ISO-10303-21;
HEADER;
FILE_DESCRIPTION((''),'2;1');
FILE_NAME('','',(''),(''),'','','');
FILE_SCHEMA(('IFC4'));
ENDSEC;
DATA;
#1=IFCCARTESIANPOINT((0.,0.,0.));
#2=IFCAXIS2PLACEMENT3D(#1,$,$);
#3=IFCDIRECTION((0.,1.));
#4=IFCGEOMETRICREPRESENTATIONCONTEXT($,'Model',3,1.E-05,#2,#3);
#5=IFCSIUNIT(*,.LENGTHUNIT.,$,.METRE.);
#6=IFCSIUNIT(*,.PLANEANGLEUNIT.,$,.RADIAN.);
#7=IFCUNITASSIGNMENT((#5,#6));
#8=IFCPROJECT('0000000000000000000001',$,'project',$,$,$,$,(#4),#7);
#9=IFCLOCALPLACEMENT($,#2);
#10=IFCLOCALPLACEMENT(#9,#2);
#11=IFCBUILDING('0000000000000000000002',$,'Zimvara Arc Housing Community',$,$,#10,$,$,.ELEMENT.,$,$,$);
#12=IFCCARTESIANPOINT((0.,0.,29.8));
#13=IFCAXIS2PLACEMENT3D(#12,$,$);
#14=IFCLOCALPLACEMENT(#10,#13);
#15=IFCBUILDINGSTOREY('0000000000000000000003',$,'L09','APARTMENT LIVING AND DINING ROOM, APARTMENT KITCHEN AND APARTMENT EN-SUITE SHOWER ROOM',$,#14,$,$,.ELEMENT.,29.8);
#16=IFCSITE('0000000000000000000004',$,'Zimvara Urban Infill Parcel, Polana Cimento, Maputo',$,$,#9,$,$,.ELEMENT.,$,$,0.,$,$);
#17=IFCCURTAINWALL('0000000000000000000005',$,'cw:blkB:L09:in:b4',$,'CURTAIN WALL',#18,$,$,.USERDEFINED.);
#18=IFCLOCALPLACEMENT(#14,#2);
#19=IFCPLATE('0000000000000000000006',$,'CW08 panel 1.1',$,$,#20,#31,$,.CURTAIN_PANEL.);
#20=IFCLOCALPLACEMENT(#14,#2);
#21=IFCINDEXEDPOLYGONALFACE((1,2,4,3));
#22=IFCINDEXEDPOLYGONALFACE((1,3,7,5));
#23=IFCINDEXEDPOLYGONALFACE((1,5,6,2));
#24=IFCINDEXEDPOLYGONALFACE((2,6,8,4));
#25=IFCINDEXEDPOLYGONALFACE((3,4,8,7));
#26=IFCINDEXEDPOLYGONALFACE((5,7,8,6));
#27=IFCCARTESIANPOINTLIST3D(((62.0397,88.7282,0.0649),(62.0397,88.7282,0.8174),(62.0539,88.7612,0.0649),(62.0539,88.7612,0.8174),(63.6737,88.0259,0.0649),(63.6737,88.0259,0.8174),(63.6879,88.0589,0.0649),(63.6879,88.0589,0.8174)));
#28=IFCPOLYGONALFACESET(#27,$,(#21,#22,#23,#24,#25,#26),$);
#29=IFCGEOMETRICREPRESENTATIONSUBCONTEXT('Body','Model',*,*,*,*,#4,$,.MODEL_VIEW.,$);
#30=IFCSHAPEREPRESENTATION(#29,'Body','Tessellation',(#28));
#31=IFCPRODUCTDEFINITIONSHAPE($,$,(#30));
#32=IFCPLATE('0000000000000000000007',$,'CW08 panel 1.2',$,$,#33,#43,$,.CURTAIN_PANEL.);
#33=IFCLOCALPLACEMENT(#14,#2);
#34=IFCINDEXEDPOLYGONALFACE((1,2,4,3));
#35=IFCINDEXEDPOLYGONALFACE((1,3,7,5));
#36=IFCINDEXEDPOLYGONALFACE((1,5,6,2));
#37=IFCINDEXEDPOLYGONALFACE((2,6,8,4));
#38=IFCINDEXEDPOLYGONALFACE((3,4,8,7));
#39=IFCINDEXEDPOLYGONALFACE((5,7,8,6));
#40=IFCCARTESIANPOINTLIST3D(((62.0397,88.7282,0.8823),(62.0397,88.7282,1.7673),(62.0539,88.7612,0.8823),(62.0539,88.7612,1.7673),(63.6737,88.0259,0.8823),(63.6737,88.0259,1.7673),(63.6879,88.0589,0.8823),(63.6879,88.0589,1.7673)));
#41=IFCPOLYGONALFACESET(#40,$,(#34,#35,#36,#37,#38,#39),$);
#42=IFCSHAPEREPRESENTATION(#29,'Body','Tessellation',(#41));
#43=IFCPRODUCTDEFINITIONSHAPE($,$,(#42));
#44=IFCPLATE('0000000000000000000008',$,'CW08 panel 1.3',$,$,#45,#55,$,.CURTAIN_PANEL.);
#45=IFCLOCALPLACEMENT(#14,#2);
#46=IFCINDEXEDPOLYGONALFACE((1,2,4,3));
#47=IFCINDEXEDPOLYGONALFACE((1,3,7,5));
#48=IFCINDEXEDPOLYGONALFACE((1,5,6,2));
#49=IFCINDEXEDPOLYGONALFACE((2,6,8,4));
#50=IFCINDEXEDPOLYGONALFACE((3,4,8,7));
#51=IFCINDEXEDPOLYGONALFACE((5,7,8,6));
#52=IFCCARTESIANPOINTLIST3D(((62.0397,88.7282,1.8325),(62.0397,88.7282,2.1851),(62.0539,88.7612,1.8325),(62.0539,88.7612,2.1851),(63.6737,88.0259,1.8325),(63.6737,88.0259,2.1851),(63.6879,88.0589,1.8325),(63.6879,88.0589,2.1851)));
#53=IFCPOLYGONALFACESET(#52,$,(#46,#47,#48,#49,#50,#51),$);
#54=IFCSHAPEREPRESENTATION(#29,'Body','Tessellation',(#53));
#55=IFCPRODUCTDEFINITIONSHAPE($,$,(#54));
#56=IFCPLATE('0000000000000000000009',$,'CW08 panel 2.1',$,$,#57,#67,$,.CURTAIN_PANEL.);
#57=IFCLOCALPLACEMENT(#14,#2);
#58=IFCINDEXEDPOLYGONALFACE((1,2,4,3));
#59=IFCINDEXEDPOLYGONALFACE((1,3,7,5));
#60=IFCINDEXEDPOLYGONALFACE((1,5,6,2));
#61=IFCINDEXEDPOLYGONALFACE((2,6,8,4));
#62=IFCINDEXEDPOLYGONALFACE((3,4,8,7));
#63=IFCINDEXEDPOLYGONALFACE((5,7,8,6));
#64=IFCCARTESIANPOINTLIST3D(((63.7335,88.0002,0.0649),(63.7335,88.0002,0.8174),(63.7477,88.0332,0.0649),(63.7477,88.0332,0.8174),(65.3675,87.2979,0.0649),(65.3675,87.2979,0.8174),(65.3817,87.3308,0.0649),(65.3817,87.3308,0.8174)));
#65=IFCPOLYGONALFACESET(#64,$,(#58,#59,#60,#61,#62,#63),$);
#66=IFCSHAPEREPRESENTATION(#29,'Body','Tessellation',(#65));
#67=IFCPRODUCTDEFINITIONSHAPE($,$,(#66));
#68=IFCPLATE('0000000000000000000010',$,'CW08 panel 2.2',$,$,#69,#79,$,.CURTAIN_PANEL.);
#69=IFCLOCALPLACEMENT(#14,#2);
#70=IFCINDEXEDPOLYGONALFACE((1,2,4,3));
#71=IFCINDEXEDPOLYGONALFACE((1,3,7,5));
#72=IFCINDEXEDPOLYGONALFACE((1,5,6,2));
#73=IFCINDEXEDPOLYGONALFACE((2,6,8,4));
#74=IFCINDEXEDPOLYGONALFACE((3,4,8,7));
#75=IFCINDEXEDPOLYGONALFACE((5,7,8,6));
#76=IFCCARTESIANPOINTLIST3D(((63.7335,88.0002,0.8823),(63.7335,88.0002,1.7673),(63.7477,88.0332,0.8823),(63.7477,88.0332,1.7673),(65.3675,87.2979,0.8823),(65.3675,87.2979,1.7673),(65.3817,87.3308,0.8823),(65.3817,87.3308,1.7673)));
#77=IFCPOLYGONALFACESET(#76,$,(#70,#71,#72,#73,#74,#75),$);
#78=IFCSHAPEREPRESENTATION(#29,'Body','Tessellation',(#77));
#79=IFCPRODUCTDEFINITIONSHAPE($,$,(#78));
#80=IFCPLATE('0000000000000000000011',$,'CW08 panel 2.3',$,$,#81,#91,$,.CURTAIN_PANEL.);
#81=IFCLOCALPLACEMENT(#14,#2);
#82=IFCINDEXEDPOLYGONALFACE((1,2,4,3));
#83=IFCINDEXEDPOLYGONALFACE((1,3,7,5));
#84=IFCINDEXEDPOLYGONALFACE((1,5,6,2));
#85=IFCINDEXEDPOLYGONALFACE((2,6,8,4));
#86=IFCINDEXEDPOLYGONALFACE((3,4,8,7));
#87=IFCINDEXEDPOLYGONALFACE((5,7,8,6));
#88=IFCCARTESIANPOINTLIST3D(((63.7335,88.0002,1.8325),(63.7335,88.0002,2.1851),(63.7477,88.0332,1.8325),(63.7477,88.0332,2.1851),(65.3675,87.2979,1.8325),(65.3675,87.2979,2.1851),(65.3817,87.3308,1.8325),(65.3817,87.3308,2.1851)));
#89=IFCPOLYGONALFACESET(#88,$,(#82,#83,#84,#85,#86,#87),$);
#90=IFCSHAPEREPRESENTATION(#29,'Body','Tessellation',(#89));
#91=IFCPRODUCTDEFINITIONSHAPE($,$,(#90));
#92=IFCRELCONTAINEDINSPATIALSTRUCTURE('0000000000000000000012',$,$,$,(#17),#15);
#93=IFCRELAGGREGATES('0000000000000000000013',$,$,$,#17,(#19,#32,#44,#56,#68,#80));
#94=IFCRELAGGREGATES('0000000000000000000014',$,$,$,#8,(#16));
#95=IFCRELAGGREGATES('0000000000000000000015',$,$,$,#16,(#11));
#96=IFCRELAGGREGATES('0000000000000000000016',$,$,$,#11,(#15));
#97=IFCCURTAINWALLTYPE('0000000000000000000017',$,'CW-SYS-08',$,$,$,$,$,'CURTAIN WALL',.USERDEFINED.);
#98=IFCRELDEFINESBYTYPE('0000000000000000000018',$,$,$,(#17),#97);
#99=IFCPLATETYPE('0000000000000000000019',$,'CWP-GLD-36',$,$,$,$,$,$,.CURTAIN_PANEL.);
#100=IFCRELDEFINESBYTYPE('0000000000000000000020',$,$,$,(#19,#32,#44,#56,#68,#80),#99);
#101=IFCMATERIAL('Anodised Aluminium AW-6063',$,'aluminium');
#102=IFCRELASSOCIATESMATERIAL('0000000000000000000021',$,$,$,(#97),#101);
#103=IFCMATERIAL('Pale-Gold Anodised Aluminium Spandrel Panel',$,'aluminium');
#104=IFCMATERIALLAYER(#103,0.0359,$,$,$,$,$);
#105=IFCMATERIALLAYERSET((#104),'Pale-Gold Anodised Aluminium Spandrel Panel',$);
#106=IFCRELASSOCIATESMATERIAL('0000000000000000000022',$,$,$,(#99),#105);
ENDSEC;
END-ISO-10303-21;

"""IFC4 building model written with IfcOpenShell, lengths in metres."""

from ifc_helpers import new_model, si_unit, direction, frame, origin, origin_2d, place, context, subcontext, project, spatial, rectangle, extrude, material, layer, layer_set, type_object, element, aggregate, save


model = new_model("IFC4")

# Units and contexts
model_context = context("Model", 3, precision=1e-05, world=origin(), true_north=direction((0.0, 1.0)))
body_context = subcontext(model_context, "Body", "Model", "MODEL_VIEW")
ifc_project = project(units=[si_unit("LENGTHUNIT", "METRE"), si_unit("PLANEANGLEUNIT", "RADIAN")], contexts=[model_context])

# Site, building, storey
site_placement = place(None, origin())
site = spatial("IfcSite", under=ifc_project, at=site_placement, Name="Zimvara Urban Infill Parcel, Polana Cimento, Maputo", CompositionType="ELEMENT", RefElevation=0.0)
building_placement = place(site_placement, origin())
building = spatial("IfcBuilding", under=site, at=building_placement, Name="Zimvara Arc Housing Community", CompositionType="ELEMENT")
storey_placement = place(building_placement, frame((0.0, 0.0, 29.8)))
storey = spatial("IfcBuildingStorey", under=building, at=storey_placement, Name="L09", Description="APARTMENT LIVING AND DINING ROOM, APARTMENT KITCHEN AND APARTMENT EN-SUITE SHOWER ROOM", CompositionType="ELEMENT", Elevation=29.8)

# Curtain wall, plates
ifc_material_1 = material(Name="Anodised Aluminium AW-6063", Category="aluminium")
curtain_wall_type = type_object("IfcCurtainWallType", Name="CW-SYS-08", ElementType="CURTAIN WALL", PredefinedType="USERDEFINED", material=ifc_material_1)
curtain_wall_placement = place(storey_placement, origin())
curtain_wall = element("IfcCurtainWall", 1, at=curtain_wall_placement, inside=storey, type_object=curtain_wall_type, Name="cw:blkB:L09:in:b4", ObjectType="CURTAIN WALL", PredefinedType="USERDEFINED")
ifc_material_2 = material(Name="Pale-Gold Anodised Aluminium Spandrel Panel", Category="aluminium")
ifc_layer = layer(ifc_material_2, 0.0359)
ifc_layer_set = layer_set([ifc_layer], Name="Pale-Gold Anodised Aluminium Spandrel Panel")
plate_type = type_object("IfcPlateType", Name="CWP-GLD-36", PredefinedType="CURTAIN_PANEL", material=ifc_layer_set)
plate_1_placement = place(storey_placement, frame((62.8638, 88.3936, 0.0649), z_axis=(0.0, 0.0, 1.0), x_axis=(0.918722, -0.394904, 0.0)))
plate_1 = element("IfcPlate", 2, at=plate_1_placement, type_object=plate_type, Name="CW08 panel 1.1", PredefinedType="CURTAIN_PANEL", context=body_context, shape_type="SweptSolid", body=[
    extrude(rectangle(XDim=1.7786, YDim=0.0359, at=origin_2d()), origin(), (0.0, 0.0, 1.0), 0.7524),
])
plate_2_placement = place(storey_placement, frame((62.8638, 88.3936, 0.8823), z_axis=(0.0, 0.0, 1.0), x_axis=(0.918722, -0.394904, 0.0)))
plate_2 = element("IfcPlate", 3, at=plate_2_placement, type_object=plate_type, Name="CW08 panel 1.2", PredefinedType="CURTAIN_PANEL", context=body_context, shape_type="SweptSolid", body=[
    extrude(rectangle(XDim=1.7786, YDim=0.0359, at=origin_2d()), origin(), (0.0, 0.0, 1.0), 0.885),
])
plate_3_placement = place(storey_placement, frame((62.8638, 88.3936, 1.8325), z_axis=(0.0, 0.0, 1.0), x_axis=(0.918722, -0.394904, 0.0)))
plate_3 = element("IfcPlate", 4, at=plate_3_placement, type_object=plate_type, Name="CW08 panel 1.3", PredefinedType="CURTAIN_PANEL", context=body_context, shape_type="SweptSolid", body=[
    extrude(rectangle(XDim=1.7786, YDim=0.0359, at=origin_2d()), origin(), (0.0, 0.0, 1.0), 0.3525),
])
plate_4_placement = place(storey_placement, frame((64.5576, 87.6655, 0.0649), z_axis=(0.0, 0.0, 1.0), x_axis=(0.918722, -0.394904, 0.0)))
plate_4 = element("IfcPlate", 5, at=plate_4_placement, type_object=plate_type, Name="CW08 panel 2.1", PredefinedType="CURTAIN_PANEL", context=body_context, shape_type="SweptSolid", body=[
    extrude(rectangle(XDim=1.7786, YDim=0.0359, at=origin_2d()), origin(), (0.0, 0.0, 1.0), 0.7524),
])
plate_5_placement = place(storey_placement, frame((64.5576, 87.6655, 0.8823), z_axis=(0.0, 0.0, 1.0), x_axis=(0.918722, -0.394904, 0.0)))
plate_5 = element("IfcPlate", 6, at=plate_5_placement, type_object=plate_type, Name="CW08 panel 2.2", PredefinedType="CURTAIN_PANEL", context=body_context, shape_type="SweptSolid", body=[
    extrude(rectangle(XDim=1.7786, YDim=0.0359, at=origin_2d()), origin(), (0.0, 0.0, 1.0), 0.885),
])
plate_6_placement = place(storey_placement, frame((64.5576, 87.6655, 1.8325), z_axis=(0.0, 0.0, 1.0), x_axis=(0.918722, -0.394904, 0.0)))
plate_6 = element("IfcPlate", 7, at=plate_6_placement, type_object=plate_type, Name="CW08 panel 2.3", PredefinedType="CURTAIN_PANEL", context=body_context, shape_type="SweptSolid", body=[
    extrude(rectangle(XDim=1.7786, YDim=0.0359, at=origin_2d()), origin(), (0.0, 0.0, 1.0), 0.3525),
])
aggregate(curtain_wall, [plate_1, plate_2, plate_3, plate_4, plate_5, plate_6])

save(model, "model.ifc")
